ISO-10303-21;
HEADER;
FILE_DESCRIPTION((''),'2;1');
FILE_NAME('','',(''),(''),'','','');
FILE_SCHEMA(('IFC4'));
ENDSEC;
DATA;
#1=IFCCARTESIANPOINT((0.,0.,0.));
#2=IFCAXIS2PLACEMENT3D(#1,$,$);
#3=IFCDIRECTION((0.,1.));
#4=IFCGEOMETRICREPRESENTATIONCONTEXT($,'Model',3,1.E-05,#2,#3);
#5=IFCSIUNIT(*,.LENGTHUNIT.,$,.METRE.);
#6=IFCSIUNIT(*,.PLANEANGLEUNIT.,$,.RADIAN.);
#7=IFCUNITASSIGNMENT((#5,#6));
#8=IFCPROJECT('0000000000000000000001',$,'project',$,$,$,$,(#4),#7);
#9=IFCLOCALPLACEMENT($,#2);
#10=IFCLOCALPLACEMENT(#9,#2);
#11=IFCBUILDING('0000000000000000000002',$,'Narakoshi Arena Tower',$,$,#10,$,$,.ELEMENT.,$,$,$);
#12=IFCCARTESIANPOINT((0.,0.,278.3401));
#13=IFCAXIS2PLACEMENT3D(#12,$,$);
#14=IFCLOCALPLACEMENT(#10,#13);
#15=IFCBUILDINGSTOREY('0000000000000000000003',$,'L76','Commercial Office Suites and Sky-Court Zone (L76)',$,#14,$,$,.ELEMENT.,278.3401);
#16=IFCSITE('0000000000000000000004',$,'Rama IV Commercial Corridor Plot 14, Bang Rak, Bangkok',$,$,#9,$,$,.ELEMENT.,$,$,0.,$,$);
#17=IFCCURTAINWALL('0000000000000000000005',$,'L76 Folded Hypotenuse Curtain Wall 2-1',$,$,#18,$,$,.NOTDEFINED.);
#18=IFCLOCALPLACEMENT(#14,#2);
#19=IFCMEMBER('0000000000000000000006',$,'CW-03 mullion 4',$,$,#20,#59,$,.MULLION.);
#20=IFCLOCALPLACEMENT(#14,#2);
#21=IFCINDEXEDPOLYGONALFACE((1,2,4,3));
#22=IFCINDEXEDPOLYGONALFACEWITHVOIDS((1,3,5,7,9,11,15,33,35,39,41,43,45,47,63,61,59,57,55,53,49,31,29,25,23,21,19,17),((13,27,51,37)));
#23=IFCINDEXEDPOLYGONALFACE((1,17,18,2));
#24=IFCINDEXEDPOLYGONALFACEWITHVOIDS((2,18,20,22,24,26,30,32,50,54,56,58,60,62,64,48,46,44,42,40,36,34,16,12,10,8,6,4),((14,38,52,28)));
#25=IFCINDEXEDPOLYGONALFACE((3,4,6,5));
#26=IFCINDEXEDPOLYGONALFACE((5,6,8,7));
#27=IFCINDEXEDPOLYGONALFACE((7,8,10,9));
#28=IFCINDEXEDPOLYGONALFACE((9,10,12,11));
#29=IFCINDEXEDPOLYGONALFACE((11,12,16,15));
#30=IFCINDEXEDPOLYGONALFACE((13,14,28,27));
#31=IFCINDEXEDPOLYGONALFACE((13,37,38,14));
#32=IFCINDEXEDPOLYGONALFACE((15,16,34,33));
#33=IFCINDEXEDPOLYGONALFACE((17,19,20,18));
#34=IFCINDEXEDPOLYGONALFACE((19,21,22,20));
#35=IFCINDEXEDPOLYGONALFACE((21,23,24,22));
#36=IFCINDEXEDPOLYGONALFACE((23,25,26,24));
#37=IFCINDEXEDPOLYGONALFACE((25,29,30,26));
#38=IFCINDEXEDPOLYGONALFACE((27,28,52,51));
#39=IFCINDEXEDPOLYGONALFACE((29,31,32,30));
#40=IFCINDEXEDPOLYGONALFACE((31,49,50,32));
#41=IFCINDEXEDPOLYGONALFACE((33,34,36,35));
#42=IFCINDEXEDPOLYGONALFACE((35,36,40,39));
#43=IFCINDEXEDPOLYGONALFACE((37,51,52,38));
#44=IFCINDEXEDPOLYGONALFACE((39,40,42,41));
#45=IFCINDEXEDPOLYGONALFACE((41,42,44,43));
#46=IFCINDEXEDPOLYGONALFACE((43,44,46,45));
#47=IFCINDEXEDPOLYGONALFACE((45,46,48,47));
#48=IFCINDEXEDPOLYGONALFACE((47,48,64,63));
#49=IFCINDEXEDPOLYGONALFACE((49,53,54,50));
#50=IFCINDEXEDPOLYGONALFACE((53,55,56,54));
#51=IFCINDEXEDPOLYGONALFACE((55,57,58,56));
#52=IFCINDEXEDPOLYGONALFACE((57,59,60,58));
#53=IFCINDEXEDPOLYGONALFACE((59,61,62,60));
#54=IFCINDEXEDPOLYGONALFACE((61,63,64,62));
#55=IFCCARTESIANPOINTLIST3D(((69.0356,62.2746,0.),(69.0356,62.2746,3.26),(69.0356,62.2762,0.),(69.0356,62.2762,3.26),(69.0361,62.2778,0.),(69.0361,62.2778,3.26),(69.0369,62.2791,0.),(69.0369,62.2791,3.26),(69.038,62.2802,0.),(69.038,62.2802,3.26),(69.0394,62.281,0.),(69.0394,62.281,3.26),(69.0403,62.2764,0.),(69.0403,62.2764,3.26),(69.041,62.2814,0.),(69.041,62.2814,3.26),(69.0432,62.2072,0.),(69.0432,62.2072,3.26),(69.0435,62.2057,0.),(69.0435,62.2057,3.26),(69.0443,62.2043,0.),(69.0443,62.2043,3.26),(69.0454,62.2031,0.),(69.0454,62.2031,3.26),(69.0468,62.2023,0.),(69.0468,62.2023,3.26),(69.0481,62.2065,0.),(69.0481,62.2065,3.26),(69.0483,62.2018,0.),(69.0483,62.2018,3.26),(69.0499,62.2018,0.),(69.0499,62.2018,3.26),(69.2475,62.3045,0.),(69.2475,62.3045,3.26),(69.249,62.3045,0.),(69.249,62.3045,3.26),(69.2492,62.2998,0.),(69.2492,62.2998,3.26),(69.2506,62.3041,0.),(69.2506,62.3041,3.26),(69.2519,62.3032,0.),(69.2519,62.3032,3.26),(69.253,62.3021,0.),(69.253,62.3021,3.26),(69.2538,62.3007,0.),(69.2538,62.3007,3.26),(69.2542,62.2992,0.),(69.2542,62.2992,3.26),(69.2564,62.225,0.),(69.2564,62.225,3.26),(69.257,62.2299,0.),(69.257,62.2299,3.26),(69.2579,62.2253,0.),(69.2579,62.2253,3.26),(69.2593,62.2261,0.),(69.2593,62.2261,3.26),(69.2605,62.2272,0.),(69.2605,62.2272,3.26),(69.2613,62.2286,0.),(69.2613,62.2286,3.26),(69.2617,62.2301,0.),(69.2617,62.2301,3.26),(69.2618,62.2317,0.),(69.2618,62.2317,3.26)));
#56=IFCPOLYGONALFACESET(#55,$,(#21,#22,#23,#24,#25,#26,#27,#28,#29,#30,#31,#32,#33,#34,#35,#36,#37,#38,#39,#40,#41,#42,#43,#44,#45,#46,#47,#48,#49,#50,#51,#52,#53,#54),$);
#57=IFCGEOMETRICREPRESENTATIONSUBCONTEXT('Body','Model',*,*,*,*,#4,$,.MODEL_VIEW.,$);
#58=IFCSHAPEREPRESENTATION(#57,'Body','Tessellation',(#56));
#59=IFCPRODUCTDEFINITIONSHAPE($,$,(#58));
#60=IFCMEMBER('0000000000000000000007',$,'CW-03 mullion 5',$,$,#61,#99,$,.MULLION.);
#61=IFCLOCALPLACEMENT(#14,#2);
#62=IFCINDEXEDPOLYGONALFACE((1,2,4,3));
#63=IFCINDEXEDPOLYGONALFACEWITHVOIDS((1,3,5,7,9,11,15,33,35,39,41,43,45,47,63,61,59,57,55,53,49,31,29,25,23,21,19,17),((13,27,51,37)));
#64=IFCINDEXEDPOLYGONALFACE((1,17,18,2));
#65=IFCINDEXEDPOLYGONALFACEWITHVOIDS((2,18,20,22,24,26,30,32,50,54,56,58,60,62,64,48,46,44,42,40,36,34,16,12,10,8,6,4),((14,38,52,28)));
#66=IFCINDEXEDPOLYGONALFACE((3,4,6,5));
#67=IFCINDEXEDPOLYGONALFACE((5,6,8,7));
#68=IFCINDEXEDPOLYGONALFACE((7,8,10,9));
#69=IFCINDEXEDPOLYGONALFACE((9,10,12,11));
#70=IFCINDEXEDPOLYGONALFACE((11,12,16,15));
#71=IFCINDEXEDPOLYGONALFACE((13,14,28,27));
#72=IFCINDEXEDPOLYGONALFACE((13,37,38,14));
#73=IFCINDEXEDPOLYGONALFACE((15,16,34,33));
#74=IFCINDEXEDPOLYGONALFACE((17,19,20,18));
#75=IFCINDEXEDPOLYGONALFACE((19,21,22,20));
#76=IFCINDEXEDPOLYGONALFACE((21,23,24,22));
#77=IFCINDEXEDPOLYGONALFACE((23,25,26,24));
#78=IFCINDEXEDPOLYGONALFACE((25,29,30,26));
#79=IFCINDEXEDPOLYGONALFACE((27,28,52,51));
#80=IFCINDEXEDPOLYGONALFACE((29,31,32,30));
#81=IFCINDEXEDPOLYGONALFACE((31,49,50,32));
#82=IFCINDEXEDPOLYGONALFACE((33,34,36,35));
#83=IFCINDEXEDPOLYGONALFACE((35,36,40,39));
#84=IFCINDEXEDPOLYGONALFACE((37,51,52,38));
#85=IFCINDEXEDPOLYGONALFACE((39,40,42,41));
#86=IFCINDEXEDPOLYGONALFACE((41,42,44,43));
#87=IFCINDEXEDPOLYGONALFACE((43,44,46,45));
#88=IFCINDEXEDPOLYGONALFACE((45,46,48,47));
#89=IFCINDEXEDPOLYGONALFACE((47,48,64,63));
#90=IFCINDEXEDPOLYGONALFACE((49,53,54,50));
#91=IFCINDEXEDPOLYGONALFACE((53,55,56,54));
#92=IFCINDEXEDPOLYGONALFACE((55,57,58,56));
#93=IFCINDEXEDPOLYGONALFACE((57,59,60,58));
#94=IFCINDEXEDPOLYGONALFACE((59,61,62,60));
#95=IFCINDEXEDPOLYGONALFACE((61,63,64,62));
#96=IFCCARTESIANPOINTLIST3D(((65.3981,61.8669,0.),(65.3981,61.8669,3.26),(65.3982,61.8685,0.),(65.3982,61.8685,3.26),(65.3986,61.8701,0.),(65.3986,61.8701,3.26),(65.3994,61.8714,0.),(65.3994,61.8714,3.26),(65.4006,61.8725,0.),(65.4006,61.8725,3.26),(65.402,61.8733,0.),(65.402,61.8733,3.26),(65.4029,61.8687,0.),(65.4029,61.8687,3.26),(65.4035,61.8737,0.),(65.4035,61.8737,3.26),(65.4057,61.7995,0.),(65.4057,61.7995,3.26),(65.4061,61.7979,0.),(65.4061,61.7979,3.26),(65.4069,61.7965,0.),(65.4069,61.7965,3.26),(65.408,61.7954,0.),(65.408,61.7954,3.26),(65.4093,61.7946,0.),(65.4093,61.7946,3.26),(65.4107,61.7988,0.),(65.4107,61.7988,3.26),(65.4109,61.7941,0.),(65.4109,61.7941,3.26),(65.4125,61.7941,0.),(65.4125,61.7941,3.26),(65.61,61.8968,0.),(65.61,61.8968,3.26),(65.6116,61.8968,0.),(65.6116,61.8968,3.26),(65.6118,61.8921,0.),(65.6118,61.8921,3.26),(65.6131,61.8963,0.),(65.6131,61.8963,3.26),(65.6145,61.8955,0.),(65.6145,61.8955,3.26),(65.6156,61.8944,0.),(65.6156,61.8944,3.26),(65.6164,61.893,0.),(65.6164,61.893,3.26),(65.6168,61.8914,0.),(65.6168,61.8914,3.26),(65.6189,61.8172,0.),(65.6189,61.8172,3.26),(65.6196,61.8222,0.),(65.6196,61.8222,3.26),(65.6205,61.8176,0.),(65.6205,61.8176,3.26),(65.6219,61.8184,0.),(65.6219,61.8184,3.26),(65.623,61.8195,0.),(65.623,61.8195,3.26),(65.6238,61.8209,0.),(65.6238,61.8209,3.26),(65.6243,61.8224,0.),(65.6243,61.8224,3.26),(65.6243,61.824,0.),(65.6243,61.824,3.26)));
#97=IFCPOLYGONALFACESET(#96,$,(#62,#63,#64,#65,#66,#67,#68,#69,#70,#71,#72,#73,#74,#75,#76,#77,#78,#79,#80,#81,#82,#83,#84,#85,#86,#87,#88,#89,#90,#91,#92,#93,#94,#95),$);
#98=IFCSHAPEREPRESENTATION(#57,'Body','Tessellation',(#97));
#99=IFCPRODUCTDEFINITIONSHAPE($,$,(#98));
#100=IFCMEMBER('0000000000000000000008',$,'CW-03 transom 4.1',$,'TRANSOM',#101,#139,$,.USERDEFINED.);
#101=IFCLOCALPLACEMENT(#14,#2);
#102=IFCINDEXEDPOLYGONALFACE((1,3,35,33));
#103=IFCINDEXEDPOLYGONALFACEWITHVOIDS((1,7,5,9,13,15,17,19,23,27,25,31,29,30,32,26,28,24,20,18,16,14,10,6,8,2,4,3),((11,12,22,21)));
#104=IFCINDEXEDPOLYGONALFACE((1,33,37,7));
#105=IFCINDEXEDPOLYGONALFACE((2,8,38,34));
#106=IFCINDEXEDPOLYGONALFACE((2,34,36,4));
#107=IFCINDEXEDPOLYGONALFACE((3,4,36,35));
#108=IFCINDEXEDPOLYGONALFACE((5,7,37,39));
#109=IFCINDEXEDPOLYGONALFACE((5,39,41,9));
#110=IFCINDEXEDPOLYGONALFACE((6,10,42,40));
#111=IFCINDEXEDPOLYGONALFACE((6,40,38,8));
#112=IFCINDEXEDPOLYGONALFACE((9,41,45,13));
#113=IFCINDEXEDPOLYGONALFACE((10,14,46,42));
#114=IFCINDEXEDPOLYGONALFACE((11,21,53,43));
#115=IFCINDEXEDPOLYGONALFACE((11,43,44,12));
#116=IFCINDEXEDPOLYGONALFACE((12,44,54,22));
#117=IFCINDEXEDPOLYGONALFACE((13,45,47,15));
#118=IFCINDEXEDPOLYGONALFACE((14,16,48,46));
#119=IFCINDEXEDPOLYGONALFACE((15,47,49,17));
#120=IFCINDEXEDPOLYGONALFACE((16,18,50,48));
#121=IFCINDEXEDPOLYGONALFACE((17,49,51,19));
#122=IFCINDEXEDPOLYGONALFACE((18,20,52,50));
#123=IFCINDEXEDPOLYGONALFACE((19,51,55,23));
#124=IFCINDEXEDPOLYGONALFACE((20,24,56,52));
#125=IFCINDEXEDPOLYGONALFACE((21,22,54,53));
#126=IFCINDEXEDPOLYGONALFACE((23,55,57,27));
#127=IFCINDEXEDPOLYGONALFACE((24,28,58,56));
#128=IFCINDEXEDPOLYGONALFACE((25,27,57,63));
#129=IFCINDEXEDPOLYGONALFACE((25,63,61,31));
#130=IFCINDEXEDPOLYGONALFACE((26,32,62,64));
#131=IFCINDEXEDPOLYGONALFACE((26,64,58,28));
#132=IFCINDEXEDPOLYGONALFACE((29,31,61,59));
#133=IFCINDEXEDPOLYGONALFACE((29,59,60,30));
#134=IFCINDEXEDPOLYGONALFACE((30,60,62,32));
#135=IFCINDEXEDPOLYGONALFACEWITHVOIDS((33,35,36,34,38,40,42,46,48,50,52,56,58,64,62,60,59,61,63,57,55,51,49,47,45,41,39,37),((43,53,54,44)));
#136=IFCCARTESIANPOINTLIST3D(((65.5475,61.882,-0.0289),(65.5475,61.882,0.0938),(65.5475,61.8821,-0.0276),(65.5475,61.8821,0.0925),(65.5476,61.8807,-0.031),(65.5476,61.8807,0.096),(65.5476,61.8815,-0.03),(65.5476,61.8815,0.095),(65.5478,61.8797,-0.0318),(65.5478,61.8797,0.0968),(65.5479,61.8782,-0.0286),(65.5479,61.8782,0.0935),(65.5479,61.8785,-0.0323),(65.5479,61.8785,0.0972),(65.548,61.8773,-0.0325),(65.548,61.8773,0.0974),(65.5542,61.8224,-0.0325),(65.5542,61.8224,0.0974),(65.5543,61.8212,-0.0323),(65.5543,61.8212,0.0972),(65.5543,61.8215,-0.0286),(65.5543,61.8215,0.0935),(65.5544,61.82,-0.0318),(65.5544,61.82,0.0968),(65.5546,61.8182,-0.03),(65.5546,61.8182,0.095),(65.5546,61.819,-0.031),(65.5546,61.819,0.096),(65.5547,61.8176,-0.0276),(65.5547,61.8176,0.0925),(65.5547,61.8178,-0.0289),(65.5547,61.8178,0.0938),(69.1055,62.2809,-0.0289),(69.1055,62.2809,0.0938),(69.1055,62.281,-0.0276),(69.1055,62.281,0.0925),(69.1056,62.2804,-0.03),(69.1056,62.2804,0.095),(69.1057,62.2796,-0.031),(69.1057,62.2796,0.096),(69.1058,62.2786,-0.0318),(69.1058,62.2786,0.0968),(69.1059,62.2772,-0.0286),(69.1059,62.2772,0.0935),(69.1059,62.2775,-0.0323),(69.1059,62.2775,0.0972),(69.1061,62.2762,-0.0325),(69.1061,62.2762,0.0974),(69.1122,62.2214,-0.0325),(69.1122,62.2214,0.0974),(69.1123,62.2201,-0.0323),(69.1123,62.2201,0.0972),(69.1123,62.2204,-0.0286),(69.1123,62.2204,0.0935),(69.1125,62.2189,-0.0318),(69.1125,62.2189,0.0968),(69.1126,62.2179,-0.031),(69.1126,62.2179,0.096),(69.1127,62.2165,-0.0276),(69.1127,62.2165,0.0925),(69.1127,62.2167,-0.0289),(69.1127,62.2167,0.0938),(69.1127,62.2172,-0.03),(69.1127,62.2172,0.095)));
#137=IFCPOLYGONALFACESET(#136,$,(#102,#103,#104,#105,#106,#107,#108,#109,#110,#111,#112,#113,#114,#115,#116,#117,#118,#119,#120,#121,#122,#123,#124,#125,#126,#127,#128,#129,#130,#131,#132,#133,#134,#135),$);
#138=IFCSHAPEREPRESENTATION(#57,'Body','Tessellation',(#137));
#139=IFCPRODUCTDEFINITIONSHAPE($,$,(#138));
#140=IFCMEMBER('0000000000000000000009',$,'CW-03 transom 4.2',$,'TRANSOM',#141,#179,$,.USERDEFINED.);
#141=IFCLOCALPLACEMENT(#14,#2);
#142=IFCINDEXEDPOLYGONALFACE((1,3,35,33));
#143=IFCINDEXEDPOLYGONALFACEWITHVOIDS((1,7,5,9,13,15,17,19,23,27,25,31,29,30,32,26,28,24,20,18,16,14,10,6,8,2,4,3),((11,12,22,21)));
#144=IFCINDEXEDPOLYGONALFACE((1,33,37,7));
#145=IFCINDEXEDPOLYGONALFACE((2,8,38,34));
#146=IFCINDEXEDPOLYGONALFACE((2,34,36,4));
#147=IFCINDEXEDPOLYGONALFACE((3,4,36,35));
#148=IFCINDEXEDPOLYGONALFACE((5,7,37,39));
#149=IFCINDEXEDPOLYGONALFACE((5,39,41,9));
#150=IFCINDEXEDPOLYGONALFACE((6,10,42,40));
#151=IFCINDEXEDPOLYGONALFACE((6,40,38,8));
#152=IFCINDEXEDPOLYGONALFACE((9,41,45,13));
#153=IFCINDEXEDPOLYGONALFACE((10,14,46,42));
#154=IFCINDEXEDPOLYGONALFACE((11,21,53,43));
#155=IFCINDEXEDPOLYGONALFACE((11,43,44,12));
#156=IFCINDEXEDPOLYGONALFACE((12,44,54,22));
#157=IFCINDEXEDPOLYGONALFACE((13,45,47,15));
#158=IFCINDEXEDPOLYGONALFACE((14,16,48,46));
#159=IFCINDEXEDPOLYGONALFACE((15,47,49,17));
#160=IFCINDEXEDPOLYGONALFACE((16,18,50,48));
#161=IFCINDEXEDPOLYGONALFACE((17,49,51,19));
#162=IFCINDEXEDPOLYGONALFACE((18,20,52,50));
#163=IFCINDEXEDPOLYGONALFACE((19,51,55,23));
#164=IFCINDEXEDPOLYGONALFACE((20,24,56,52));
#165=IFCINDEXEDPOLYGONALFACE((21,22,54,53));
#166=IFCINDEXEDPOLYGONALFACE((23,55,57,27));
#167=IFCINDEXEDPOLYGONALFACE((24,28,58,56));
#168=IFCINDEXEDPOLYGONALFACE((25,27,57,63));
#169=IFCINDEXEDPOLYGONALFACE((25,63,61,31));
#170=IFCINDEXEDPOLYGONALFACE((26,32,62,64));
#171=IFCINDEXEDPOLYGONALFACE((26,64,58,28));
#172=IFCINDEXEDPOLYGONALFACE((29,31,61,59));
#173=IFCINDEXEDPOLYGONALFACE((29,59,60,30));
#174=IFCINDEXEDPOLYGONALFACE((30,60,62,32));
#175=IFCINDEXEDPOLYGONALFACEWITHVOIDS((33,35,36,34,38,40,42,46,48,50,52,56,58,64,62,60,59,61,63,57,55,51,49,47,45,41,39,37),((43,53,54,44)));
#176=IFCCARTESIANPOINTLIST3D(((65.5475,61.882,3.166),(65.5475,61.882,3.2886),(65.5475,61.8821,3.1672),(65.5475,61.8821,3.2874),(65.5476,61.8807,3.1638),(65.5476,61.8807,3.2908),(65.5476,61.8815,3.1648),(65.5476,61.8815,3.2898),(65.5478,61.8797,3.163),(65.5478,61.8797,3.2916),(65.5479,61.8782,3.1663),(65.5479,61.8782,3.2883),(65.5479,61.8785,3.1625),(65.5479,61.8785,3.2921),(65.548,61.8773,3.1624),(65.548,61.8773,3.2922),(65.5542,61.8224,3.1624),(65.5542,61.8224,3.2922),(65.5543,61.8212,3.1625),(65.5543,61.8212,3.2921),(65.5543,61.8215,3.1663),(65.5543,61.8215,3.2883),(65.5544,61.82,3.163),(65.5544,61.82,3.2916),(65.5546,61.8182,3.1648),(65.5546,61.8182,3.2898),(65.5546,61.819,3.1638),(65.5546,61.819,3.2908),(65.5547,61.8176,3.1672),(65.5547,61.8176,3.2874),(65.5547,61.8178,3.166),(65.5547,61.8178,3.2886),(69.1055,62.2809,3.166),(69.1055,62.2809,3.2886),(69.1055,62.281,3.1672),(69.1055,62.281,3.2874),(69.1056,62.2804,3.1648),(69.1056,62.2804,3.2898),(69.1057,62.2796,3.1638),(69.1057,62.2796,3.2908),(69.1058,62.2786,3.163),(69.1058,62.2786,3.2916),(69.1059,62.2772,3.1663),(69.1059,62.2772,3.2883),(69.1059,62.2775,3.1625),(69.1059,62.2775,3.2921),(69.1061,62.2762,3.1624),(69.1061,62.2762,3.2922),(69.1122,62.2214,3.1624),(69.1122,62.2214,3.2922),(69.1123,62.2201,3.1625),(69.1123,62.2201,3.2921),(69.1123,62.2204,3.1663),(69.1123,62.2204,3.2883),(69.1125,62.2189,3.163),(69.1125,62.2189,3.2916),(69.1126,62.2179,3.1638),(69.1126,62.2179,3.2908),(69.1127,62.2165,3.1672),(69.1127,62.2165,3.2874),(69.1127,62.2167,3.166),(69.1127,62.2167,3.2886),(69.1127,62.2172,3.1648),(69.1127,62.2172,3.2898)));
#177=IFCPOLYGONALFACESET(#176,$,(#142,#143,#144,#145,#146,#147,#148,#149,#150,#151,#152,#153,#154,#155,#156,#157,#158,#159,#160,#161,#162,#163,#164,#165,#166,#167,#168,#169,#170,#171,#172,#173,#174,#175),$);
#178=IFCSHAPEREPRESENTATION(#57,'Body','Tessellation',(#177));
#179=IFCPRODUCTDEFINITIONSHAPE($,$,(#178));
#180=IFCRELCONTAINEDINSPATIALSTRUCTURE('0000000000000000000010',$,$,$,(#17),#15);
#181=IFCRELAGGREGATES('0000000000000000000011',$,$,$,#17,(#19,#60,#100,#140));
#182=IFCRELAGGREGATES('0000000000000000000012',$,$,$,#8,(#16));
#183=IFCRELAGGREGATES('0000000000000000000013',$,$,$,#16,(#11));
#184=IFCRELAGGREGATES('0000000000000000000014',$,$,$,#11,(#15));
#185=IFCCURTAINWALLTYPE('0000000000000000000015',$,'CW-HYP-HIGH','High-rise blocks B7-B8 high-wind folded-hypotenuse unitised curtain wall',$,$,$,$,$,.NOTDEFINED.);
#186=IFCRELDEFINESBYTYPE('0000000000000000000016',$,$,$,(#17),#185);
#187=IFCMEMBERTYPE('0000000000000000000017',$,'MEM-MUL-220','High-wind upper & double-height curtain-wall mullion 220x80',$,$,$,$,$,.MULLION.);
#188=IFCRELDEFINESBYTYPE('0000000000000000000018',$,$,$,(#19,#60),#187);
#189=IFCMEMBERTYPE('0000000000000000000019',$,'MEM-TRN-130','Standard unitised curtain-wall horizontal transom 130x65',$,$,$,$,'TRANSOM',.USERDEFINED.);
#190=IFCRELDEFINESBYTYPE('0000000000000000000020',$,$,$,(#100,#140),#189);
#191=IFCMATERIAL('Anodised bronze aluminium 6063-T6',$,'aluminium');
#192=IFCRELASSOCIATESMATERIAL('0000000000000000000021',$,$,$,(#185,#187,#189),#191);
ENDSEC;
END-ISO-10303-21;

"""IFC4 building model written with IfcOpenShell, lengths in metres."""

from ifc_helpers import new_model, si_unit, direction, frame, origin, origin_2d, place, context, subcontext, project, spatial, hollow_rectangle, extrude, material, material_profile, profile_set, type_object, element, aggregate, save


model = new_model("IFC4")

# Units and contexts
model_context = context("Model", 3, precision=1e-05, world=origin(), true_north=direction((0.0, 1.0)))
body_context = subcontext(model_context, "Body", "Model", "MODEL_VIEW")
ifc_project = project(units=[si_unit("LENGTHUNIT", "METRE"), si_unit("PLANEANGLEUNIT", "RADIAN")], contexts=[model_context])

# Site, building, storey
site_placement = place(None, origin())
site = spatial("IfcSite", under=ifc_project, at=site_placement, Name="Rama IV Commercial Corridor Plot 14, Bang Rak, Bangkok", CompositionType="ELEMENT", RefElevation=0.0)
building_placement = place(site_placement, origin())
building = spatial("IfcBuilding", under=site, at=building_placement, Name="Narakoshi Arena Tower", CompositionType="ELEMENT")
storey_placement = place(building_placement, frame((0.0, 0.0, 278.3401)))
storey = spatial("IfcBuildingStorey", under=building, at=storey_placement, Name="L76", Description="Commercial Office Suites and Sky-Court Zone (L76)", CompositionType="ELEMENT", Elevation=278.3401)

# Curtain wall, members
ifc_material_1 = material(Name="Anodised bronze aluminium 6063-T6", Category="aluminium")
curtain_wall_type = type_object("IfcCurtainWallType", Name="CW-HYP-HIGH", Description="High-rise blocks B7-B8 high-wind folded-hypotenuse unitised curtain wall", PredefinedType="NOTDEFINED", material=ifc_material_1)
curtain_wall_placement = place(storey_placement, origin())
curtain_wall = element("IfcCurtainWall", 1, at=curtain_wall_placement, inside=storey, type_object=curtain_wall_type, Name="L76 Folded Hypotenuse Curtain Wall 2-1", PredefinedType="NOTDEFINED")
ifc_material_profile_1 = material_profile(ifc_material_1, hollow_rectangle(XDim=0.0801, YDim=0.22, WallThickness=0.0049, OuterFilletRadius=0.0061, at=origin_2d()), Name="MUL220x80x5")
ifc_profile_set_1 = profile_set([ifc_material_profile_1], Name="Anodised bronze aluminium 6063-T6")
member_type_1 = type_object("IfcMemberType", Name="MEM-MUL-220", Description="High-wind upper & double-height curtain-wall mullion 220x80", PredefinedType="MULLION", material=ifc_profile_set_1)
member_1_placement = place(storey_placement, frame((69.1487, 62.2532, 0.0), z_axis=(0.0, 0.0, 1.0), x_axis=(0.111396, -0.993776, 0.0)))
member_1 = element("IfcMember", 2, at=member_1_placement, type_object=member_type_1, Name="CW-03 mullion 4", PredefinedType="MULLION", context=body_context, shape_type="SweptSolid", body=[
    extrude(hollow_rectangle(XDim=0.0801, YDim=0.22, WallThickness=0.0049, OuterFilletRadius=0.0061, at=origin_2d()), origin(), (0.0, 0.0, 1.0), 3.26),
])
member_2_placement = place(storey_placement, frame((65.5112, 61.8455, 0.0), z_axis=(0.0, 0.0, 1.0), x_axis=(0.111396, -0.993776, 0.0)))
member_2 = element("IfcMember", 3, at=member_2_placement, type_object=member_type_1, Name="CW-03 mullion 5", PredefinedType="MULLION", context=body_context, shape_type="SweptSolid", body=[
    extrude(hollow_rectangle(XDim=0.0801, YDim=0.22, WallThickness=0.0049, OuterFilletRadius=0.0061, at=origin_2d()), origin(), (0.0, 0.0, 1.0), 3.26),
])
ifc_material_profile_2 = material_profile(ifc_material_1, hollow_rectangle(XDim=0.0649, YDim=0.1299, WallThickness=0.0039, OuterFilletRadius=0.0049, at=origin_2d()), Name="TRN130x65x4")
ifc_profile_set_2 = profile_set([ifc_material_profile_2], Name="Anodised bronze aluminium 6063-T6")
member_type_2 = type_object("IfcMemberType", Name="MEM-TRN-130", Description="Standard unitised curtain-wall horizontal transom 130x65", ElementType="TRANSOM", PredefinedType="USERDEFINED", material=ifc_profile_set_2)
member_3_placement = place(storey_placement, frame((69.1091, 62.2488, 0.0325), z_axis=(-0.993773, -0.111419, 0.0), x_axis=(0.111419, -0.993773, 0.0)))
member_3 = element("IfcMember", 4, at=member_3_placement, type_object=member_type_2, Name="CW-03 transom 4.1", ObjectType="TRANSOM", PredefinedType="USERDEFINED", context=body_context, shape_type="SweptSolid", body=[
    extrude(hollow_rectangle(XDim=0.0649, YDim=0.1299, WallThickness=0.0039, OuterFilletRadius=0.0049, at=origin_2d()), origin(), (0.0, 0.0, 1.0), 3.5803),
])
member_4_placement = place(storey_placement, frame((69.1091, 62.2488, 3.2273), z_axis=(-0.993773, -0.111419, 0.0), x_axis=(0.111419, -0.993773, 0.0)))
member_4 = element("IfcMember", 5, at=member_4_placement, type_object=member_type_2, Name="CW-03 transom 4.2", ObjectType="TRANSOM", PredefinedType="USERDEFINED", context=body_context, shape_type="SweptSolid", body=[
    extrude(hollow_rectangle(XDim=0.0649, YDim=0.1299, WallThickness=0.0039, OuterFilletRadius=0.0049, at=origin_2d()), origin(), (0.0, 0.0, 1.0), 3.5803),
])
aggregate(curtain_wall, [member_1, member_2, member_3, member_4])

save(model, "model.ifc")
